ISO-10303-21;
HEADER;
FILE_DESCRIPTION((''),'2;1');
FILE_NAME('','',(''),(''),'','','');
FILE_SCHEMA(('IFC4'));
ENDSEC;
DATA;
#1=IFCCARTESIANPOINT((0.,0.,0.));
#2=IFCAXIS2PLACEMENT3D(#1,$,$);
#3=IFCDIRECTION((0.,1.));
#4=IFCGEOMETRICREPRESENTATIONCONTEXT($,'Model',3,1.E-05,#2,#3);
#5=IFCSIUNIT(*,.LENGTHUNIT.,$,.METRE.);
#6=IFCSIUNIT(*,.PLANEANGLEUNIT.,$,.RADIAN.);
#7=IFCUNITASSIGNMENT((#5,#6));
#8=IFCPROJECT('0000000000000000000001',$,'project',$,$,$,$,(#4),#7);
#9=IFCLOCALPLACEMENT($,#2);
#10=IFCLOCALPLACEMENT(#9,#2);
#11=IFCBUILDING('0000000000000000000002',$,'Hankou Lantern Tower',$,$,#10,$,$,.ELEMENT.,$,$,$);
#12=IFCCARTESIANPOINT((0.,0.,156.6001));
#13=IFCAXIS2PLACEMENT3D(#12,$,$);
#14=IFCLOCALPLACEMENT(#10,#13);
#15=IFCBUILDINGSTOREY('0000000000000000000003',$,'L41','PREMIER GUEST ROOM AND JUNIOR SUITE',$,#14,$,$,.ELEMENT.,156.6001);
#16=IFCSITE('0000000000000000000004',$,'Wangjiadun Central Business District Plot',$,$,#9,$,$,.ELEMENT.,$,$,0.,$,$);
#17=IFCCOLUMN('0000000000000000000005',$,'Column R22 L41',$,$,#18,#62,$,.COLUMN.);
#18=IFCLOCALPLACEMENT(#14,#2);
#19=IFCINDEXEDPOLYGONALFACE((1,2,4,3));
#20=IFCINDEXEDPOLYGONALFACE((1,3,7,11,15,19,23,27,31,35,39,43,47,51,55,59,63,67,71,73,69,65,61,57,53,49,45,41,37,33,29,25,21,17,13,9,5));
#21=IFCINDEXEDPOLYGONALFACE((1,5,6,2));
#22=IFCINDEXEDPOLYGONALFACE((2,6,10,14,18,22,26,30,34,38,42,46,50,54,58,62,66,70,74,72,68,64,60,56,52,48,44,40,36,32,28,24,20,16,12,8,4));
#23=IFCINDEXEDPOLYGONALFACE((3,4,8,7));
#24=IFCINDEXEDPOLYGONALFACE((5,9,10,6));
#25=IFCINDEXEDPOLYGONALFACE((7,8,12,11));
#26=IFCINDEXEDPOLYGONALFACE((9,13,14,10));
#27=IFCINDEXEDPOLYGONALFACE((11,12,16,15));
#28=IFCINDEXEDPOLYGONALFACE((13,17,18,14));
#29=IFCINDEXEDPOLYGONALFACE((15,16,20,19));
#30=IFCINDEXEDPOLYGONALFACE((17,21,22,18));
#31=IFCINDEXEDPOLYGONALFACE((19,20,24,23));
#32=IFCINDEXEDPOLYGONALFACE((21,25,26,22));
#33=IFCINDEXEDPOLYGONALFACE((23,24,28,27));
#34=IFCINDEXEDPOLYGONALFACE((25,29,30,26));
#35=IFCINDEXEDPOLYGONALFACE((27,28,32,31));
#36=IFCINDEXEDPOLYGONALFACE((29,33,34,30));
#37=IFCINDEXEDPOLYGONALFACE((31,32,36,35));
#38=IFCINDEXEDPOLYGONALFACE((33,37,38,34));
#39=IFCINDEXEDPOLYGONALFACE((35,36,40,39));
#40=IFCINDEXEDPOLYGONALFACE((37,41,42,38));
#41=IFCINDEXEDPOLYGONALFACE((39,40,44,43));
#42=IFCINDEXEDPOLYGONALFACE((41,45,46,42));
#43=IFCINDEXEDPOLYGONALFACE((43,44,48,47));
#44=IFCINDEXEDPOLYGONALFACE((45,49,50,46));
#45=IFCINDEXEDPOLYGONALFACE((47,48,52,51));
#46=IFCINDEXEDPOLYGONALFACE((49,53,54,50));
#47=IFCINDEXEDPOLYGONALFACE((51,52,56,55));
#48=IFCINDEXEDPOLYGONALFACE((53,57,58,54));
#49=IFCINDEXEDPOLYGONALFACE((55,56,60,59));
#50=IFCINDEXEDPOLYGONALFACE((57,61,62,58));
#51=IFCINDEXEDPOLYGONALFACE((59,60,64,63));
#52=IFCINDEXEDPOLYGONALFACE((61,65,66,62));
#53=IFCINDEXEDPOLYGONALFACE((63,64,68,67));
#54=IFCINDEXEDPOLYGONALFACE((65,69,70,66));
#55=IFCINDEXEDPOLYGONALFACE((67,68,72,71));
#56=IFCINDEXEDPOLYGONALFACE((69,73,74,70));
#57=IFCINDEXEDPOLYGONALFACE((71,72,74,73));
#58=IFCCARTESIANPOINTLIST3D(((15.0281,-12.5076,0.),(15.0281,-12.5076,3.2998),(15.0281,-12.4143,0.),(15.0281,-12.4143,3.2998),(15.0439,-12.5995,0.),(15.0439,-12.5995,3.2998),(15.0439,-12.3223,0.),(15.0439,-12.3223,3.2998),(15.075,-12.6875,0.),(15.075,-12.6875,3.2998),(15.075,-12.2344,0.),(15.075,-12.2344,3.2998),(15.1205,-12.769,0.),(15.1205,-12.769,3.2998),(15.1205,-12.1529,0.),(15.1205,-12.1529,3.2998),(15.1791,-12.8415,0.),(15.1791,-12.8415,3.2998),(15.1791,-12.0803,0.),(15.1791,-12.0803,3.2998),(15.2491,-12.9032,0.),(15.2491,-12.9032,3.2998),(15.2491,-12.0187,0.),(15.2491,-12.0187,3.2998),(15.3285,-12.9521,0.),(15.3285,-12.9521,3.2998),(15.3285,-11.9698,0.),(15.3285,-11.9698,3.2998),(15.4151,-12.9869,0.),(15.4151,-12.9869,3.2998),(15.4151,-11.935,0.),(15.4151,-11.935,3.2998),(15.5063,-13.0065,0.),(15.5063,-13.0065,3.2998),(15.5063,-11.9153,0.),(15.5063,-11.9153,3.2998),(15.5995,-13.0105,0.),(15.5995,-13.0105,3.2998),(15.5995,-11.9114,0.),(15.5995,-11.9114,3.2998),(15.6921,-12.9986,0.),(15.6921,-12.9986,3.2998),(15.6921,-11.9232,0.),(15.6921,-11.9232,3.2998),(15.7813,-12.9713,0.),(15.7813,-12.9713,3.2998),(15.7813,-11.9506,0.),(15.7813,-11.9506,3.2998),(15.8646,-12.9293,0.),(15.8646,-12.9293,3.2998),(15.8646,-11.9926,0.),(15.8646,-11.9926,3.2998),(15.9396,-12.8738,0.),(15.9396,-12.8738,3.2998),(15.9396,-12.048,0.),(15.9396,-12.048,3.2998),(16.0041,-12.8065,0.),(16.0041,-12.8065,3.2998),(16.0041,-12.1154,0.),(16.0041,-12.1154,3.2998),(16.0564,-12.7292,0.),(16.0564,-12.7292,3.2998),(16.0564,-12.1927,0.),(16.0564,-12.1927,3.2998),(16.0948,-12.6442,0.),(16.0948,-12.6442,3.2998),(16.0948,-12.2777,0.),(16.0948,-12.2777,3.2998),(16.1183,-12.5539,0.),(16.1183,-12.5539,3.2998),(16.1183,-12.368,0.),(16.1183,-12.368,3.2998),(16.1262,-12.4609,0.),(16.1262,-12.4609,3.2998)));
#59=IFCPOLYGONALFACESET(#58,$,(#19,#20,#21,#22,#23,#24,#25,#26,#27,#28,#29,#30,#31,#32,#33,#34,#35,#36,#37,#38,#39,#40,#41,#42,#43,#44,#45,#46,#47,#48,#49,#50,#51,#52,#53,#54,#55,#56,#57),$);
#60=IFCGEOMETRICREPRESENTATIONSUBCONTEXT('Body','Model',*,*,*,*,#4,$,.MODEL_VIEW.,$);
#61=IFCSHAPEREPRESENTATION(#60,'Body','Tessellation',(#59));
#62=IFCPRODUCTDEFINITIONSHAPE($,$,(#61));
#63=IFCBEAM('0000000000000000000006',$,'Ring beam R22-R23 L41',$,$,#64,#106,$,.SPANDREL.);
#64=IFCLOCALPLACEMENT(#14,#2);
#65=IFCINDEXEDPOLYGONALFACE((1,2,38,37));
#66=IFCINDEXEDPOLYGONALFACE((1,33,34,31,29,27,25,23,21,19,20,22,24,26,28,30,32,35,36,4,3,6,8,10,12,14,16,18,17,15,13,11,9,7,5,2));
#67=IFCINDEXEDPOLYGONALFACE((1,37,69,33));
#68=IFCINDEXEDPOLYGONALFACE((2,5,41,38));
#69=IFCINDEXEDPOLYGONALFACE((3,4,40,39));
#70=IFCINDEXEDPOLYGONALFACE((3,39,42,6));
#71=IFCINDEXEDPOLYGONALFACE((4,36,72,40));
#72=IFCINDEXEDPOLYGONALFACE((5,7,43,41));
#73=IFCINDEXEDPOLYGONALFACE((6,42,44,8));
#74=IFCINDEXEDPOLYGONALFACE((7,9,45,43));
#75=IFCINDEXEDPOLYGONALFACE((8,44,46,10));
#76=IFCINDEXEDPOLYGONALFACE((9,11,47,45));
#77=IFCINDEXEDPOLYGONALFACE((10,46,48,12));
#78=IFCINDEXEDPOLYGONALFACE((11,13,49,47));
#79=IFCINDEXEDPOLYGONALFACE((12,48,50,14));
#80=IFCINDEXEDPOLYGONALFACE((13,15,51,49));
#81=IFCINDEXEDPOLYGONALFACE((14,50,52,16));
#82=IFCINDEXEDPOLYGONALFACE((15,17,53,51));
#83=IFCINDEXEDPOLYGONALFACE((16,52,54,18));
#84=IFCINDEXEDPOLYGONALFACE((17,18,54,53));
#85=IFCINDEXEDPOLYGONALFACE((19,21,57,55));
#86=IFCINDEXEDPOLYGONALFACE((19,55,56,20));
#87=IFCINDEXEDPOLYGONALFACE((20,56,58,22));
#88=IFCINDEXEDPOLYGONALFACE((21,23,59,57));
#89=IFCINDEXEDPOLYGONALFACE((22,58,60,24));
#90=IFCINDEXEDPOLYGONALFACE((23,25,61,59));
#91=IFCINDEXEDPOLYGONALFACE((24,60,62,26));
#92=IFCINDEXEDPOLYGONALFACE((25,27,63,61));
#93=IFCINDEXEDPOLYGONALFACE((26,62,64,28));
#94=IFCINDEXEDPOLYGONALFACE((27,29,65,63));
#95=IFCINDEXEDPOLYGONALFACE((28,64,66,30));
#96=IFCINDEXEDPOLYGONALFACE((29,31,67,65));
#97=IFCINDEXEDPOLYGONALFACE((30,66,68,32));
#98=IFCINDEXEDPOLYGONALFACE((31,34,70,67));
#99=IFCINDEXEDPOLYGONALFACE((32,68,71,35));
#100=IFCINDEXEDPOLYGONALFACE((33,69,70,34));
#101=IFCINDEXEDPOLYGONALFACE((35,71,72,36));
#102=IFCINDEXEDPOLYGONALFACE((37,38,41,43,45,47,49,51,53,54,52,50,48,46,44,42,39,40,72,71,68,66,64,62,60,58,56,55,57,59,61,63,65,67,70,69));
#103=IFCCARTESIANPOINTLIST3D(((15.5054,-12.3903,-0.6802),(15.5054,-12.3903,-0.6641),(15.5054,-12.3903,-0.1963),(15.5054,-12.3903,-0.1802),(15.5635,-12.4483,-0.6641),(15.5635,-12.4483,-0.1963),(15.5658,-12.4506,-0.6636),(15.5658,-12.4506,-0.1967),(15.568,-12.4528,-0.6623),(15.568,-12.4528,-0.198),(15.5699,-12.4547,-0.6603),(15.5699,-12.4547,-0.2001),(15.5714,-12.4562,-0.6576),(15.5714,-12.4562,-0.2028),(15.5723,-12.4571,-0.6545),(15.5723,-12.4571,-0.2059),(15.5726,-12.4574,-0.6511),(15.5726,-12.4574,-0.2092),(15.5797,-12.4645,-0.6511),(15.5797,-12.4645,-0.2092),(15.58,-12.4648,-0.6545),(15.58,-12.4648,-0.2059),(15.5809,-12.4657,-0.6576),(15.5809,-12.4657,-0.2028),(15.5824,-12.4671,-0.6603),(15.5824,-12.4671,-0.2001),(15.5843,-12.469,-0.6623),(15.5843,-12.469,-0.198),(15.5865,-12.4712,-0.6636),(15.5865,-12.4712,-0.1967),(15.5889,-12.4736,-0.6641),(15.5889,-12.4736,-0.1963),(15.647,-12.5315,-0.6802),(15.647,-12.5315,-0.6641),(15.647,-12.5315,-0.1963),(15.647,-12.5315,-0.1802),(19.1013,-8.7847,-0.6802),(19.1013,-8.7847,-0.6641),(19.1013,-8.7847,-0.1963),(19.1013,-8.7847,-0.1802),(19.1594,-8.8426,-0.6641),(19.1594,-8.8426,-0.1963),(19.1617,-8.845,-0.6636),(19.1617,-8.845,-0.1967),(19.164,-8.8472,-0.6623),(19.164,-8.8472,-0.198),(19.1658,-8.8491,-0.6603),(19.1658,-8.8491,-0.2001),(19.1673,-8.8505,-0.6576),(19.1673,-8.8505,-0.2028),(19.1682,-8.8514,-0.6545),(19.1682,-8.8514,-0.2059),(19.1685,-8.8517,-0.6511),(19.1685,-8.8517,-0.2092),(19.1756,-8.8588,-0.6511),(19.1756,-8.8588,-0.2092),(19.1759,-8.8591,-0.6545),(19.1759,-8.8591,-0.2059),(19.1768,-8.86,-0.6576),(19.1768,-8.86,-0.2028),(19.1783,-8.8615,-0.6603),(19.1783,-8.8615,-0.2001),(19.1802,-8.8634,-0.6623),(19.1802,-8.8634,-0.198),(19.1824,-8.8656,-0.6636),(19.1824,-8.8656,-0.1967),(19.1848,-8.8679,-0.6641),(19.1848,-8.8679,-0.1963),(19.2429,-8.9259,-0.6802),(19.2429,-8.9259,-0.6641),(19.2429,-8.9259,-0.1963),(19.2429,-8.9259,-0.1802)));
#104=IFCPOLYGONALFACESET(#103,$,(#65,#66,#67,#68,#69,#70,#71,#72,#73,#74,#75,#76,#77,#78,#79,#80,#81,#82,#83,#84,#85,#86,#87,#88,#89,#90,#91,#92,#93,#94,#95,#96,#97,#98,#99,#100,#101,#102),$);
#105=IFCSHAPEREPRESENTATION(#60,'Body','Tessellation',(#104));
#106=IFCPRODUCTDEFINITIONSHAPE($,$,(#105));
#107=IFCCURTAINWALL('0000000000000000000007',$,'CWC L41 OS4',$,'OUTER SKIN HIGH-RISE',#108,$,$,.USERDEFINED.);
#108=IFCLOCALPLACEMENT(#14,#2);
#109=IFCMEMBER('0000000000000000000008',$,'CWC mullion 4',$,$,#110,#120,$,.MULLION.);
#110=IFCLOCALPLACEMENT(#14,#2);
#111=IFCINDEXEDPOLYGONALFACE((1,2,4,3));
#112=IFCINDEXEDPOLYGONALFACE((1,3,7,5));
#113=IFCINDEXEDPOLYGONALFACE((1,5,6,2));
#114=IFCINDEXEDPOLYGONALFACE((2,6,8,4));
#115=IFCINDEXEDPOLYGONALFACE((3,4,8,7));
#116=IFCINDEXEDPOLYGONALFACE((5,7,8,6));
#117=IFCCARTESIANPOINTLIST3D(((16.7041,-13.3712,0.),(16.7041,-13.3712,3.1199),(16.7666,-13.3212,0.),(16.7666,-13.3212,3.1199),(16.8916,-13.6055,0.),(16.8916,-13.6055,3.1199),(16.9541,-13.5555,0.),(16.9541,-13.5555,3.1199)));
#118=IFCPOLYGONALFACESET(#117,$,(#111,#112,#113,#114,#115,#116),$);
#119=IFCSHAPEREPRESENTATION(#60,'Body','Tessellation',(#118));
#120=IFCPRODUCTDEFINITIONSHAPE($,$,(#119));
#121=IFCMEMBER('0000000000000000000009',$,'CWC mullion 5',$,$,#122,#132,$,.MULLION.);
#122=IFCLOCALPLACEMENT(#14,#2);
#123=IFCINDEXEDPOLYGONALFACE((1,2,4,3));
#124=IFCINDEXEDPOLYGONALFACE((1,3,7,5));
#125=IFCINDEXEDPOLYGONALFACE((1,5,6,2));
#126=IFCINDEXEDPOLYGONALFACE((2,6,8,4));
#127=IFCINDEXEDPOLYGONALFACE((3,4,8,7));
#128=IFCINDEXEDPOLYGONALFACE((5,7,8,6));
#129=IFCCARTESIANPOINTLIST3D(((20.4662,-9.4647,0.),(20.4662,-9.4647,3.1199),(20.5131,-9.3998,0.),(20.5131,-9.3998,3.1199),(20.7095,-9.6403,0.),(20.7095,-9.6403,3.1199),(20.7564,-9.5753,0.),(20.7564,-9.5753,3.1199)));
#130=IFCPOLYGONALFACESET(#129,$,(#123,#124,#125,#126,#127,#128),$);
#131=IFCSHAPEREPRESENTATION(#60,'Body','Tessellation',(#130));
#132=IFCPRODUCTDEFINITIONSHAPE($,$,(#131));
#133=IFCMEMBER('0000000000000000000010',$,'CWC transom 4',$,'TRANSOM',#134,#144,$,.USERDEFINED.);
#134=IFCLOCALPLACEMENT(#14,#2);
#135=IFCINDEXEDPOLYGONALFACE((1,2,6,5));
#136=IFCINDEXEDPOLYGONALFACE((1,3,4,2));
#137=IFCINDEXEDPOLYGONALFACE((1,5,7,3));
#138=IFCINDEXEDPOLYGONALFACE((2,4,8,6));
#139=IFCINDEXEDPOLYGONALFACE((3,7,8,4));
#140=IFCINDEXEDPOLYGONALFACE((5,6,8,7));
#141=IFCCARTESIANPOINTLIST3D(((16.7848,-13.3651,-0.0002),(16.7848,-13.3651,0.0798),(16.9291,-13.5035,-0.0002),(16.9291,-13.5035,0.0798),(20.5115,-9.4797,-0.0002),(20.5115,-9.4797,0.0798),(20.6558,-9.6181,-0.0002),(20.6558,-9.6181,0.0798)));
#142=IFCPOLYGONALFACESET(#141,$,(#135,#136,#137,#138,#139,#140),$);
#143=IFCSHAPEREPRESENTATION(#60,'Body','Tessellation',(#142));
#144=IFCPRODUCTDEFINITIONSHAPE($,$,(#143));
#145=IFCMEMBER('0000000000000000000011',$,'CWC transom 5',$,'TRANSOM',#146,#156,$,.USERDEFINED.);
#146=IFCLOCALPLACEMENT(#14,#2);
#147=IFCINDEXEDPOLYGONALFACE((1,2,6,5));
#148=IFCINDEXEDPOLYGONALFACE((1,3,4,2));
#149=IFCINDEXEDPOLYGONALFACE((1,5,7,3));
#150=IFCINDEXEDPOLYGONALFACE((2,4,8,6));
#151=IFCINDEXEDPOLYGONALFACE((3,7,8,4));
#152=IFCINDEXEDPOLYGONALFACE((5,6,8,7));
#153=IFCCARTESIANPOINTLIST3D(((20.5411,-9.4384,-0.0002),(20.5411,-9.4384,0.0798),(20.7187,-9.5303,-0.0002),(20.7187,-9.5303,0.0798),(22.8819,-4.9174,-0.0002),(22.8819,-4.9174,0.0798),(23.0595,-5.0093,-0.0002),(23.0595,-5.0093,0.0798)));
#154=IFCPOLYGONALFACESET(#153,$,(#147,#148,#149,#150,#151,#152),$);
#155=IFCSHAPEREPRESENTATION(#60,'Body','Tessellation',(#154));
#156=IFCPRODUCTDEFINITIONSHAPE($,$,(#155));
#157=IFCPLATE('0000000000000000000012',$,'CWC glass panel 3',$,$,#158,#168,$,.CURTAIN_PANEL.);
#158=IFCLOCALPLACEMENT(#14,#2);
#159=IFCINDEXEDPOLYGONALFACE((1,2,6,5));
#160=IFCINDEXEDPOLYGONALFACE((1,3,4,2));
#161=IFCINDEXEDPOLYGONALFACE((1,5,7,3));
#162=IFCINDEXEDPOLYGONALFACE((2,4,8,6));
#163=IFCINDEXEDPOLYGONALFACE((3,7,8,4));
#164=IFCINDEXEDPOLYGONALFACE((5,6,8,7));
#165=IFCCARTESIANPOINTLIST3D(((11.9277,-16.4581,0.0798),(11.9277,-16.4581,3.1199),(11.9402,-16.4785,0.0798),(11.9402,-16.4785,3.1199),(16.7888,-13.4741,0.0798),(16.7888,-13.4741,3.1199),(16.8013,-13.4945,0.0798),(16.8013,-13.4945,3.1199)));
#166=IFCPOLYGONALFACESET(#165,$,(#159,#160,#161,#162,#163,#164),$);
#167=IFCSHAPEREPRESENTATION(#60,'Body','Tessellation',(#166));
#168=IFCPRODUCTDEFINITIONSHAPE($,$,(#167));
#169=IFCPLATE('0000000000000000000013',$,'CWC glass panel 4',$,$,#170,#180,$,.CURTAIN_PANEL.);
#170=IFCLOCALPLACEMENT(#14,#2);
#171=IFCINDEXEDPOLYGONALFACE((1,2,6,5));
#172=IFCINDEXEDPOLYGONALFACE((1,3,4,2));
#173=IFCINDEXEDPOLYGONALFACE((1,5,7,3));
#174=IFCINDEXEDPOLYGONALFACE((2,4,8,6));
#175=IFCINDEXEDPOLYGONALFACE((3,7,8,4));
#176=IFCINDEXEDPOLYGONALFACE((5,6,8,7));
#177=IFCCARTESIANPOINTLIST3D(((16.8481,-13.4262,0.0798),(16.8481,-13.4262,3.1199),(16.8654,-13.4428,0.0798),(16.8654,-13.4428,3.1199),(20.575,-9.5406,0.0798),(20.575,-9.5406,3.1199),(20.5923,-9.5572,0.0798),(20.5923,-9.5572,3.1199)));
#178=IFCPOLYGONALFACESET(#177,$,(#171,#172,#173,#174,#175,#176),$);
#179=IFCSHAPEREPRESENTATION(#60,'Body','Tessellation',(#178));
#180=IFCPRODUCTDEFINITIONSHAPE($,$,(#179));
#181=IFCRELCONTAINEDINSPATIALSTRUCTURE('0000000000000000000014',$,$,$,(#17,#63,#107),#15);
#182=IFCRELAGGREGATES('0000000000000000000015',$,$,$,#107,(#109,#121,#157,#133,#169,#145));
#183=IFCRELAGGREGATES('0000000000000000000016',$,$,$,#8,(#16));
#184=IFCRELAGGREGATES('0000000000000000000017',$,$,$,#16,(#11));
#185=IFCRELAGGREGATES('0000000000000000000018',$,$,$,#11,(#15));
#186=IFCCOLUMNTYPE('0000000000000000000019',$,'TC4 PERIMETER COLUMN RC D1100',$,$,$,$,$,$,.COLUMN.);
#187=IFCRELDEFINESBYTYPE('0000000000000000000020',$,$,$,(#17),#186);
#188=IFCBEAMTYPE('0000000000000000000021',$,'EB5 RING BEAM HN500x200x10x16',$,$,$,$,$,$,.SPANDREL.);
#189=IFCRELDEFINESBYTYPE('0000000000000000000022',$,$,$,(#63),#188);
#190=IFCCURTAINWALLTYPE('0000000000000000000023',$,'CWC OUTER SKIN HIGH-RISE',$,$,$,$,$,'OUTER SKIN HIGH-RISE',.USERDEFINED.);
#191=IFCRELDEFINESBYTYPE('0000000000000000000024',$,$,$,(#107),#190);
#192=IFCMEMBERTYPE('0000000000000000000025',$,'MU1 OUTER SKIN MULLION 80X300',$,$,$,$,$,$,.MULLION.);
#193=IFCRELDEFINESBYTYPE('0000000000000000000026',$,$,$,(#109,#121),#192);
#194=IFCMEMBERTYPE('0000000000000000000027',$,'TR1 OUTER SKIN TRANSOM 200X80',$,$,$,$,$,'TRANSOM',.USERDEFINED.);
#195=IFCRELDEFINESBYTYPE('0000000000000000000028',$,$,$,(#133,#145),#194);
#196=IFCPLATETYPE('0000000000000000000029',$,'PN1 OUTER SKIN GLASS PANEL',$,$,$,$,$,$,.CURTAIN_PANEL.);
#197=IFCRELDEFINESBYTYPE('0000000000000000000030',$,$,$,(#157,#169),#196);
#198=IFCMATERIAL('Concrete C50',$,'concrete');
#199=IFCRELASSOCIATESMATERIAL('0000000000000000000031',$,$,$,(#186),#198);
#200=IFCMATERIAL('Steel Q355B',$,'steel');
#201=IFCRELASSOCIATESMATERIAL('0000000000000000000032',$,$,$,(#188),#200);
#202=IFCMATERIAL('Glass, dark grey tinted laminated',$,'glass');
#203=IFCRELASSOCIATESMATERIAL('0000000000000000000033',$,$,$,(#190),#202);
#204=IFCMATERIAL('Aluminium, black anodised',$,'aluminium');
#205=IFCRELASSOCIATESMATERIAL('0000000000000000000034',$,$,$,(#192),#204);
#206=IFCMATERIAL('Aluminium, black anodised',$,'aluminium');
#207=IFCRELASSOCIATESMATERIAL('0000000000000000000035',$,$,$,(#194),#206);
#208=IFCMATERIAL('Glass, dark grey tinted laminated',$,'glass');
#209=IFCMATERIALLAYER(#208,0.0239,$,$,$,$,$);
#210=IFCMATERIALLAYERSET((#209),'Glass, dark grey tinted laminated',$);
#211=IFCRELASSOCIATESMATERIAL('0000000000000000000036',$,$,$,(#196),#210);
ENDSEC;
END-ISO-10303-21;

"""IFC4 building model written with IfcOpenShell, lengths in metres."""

from ifc_helpers import new_model, si_unit, direction, frame, origin, origin_2d, place, context, subcontext, project, spatial, rectangle, circle, i_section, extrude, material, layer, layer_set, material_profile, profile_set, type_object, element, aggregate, save


model = new_model("IFC4")

# Units and contexts
model_context = context("Model", 3, precision=1e-05, world=origin(), true_north=direction((0.0, 1.0)))
body_context = subcontext(model_context, "Body", "Model", "MODEL_VIEW")
ifc_project = project(units=[si_unit("LENGTHUNIT", "METRE"), si_unit("PLANEANGLEUNIT", "RADIAN")], contexts=[model_context])

# Site, building, storey
site_placement = place(None, origin())
site = spatial("IfcSite", under=ifc_project, at=site_placement, Name="Wangjiadun Central Business District Plot", CompositionType="ELEMENT", RefElevation=0.0)
building_placement = place(site_placement, origin())
building = spatial("IfcBuilding", under=site, at=building_placement, Name="Hankou Lantern Tower", CompositionType="ELEMENT")
storey_placement = place(building_placement, frame((0.0, 0.0, 156.6001)))
storey = spatial("IfcBuildingStorey", under=building, at=storey_placement, Name="L41", Description="PREMIER GUEST ROOM AND JUNIOR SUITE", CompositionType="ELEMENT", Elevation=156.6001)

# Column
ifc_material_1 = material(Name="Concrete C50", Category="concrete")
ifc_material_profile_1 = material_profile(ifc_material_1, circle(Radius=0.55, at=origin_2d()), Name="RC D1100")
ifc_profile_set_1 = profile_set([ifc_material_profile_1], Name="Concrete C50")
column_type = type_object("IfcColumnType", Name="TC4 PERIMETER COLUMN RC D1100", PredefinedType="COLUMN", material=ifc_profile_set_1)
column_placement = place(storey_placement, frame((15.5762, -12.4609, 0.0), z_axis=(0.0, 0.0, 1.0), x_axis=(1.0, 0.0, 0.0)))
element("IfcColumn", 1, at=column_placement, inside=storey, type_object=column_type, Name="Column R22 L41", PredefinedType="COLUMN", context=body_context, shape_type="SweptSolid", body=[
    extrude(circle(Radius=0.55, at=origin_2d()), origin(), (0.0, 0.0, 1.0), 3.2998),
])

# Beam
ifc_material_2 = material(Name="Steel Q355B", Category="steel")
ifc_material_profile_2 = material_profile(ifc_material_2, i_section(OverallWidth=0.2, OverallDepth=0.5, WebThickness=0.01, FlangeThickness=0.0161, FilletRadius=0.0129, at=origin_2d()), Name="HN500x200x10x16")
ifc_profile_set_2 = profile_set([ifc_material_profile_2], Name="Steel Q355B")
beam_type = type_object("IfcBeamType", Name="EB5 RING BEAM HN500x200x10x16", PredefinedType="SPANDREL", material=ifc_profile_set_2)
beam_placement = place(storey_placement, frame((15.5762, -12.4609, -0.4302), z_axis=(0.706147, 0.708065, 0.0), x_axis=(-0.708065, 0.706147, 0.0)))
element("IfcBeam", 2, at=beam_placement, inside=storey, type_object=beam_type, Name="Ring beam R22-R23 L41", PredefinedType="SPANDREL", context=body_context, shape_type="SweptSolid", body=[
    extrude(i_section(OverallWidth=0.2, OverallDepth=0.5, WebThickness=0.01, FlangeThickness=0.0161, FilletRadius=0.0129, at=origin_2d()), origin(), (0.0, 0.0, 1.0), 5.0923),
])

# Curtain wall, members, plates
ifc_material_3 = material(Name="Glass, dark grey tinted laminated", Category="glass")
curtain_wall_type = type_object("IfcCurtainWallType", Name="CWC OUTER SKIN HIGH-RISE", ElementType="OUTER SKIN HIGH-RISE", PredefinedType="USERDEFINED", material=ifc_material_3)
curtain_wall_placement = place(storey_placement, origin())
curtain_wall = element("IfcCurtainWall", 3, at=curtain_wall_placement, inside=storey, type_object=curtain_wall_type, Name="CWC L41 OS4", ObjectType="OUTER SKIN HIGH-RISE", PredefinedType="USERDEFINED")
ifc_material_4 = material(Name="Aluminium, black anodised", Category="aluminium")
ifc_material_profile_3 = material_profile(ifc_material_4, rectangle(XDim=0.0801, YDim=0.3, at=origin_2d()), Name="MU1 80X300")
ifc_profile_set_3 = profile_set([ifc_material_profile_3], Name="Aluminium, black anodised")
member_type_1 = type_object("IfcMemberType", Name="MU1 OUTER SKIN MULLION 80X300", PredefinedType="MULLION", material=ifc_profile_set_3)
member_1_placement = place(storey_placement, frame((16.8291, -13.4634, 0.0), z_axis=(0.0, 0.0, 1.0), x_axis=(0.780869, 0.624695, 0.0)))
member_1 = element("IfcMember", 4, at=member_1_placement, type_object=member_type_1, Name="CWC mullion 4", PredefinedType="MULLION", context=body_context, shape_type="SweptSolid", body=[
    extrude(rectangle(XDim=0.0801, YDim=0.3, at=origin_2d()), origin(), (0.0, 0.0, 1.0), 3.1199),
])
member_2_placement = place(storey_placement, frame((20.6113, -9.52, 0.0), z_axis=(0.0, 0.0, 1.0), x_axis=(0.585206, 0.810885, 0.0)))
member_2 = element("IfcMember", 5, at=member_2_placement, type_object=member_type_1, Name="CWC mullion 5", PredefinedType="MULLION", context=body_context, shape_type="SweptSolid", body=[
    extrude(rectangle(XDim=0.0801, YDim=0.3, at=origin_2d()), origin(), (0.0, 0.0, 1.0), 3.1199),
])
ifc_material_5 = material(Name="Aluminium, black anodised", Category="aluminium")
ifc_material_profile_4 = material_profile(ifc_material_5, rectangle(XDim=0.2, YDim=0.0801, at=origin_2d()), Name="TR1 200X80")
ifc_profile_set_4 = profile_set([ifc_material_profile_4], Name="Aluminium, black anodised")
member_type_2 = type_object("IfcMemberType", Name="TR1 OUTER SKIN TRANSOM 200X80", ElementType="TRANSOM", PredefinedType="USERDEFINED", material=ifc_profile_set_4)
member_3_placement = place(storey_placement, frame((16.8569, -13.4343, 0.0398), z_axis=(0.692216, 0.721691, 0.0), x_axis=(-0.721691, 0.692216, 0.0)))
member_3 = element("IfcMember", 6, at=member_3_placement, type_object=member_type_2, Name="CWC transom 4", ObjectType="TRANSOM", PredefinedType="USERDEFINED", context=body_context, shape_type="SweptSolid", body=[
    extrude(rectangle(XDim=0.2, YDim=0.0801, at=origin_2d()), origin(), (0.0, 0.0, 1.0), 5.3838),
])
member_4_placement = place(storey_placement, frame((20.6299, -9.4844, 0.0398), z_axis=(0.459791, 0.888027, 0.0), x_axis=(-0.888027, 0.459791, 0.0)))
member_4 = element("IfcMember", 7, at=member_4_placement, type_object=member_type_2, Name="CWC transom 5", ObjectType="TRANSOM", PredefinedType="USERDEFINED", context=body_context, shape_type="SweptSolid", body=[
    extrude(rectangle(XDim=0.2, YDim=0.0801, at=origin_2d()), origin(), (0.0, 0.0, 1.0), 5.0911),
])
ifc_material_6 = material(Name="Glass, dark grey tinted laminated", Category="glass")
ifc_layer_1 = layer(ifc_material_6, 0.0239)
ifc_layer_set_1 = layer_set([ifc_layer_1], Name="Glass, dark grey tinted laminated")
plate_type = type_object("IfcPlateType", Name="PN1 OUTER SKIN GLASS PANEL", PredefinedType="CURTAIN_PANEL", material=ifc_layer_set_1)
plate_1_placement = place(storey_placement, frame((14.3645, -14.9763, 0.0798), z_axis=(0.0, 0.0, 1.0), x_axis=(0.852237, 0.523156, 0.0)))
plate_1 = element("IfcPlate", 8, at=plate_1_placement, type_object=plate_type, Name="CWC glass panel 3", PredefinedType="CURTAIN_PANEL", context=body_context, shape_type="SweptSolid", body=[
    extrude(rectangle(XDim=5.7039, YDim=0.0239, at=origin_2d()), origin(), (0.0, 0.0, 1.0), 3.04),
])
plate_2_placement = place(storey_placement, frame((18.7202, -11.4917, 0.0798), z_axis=(0.0, 0.0, 1.0), x_axis=(0.692216, 0.721691, 0.0)))
plate_2 = element("IfcPlate", 9, at=plate_2_placement, type_object=plate_type, Name="CWC glass panel 4", PredefinedType="CURTAIN_PANEL", context=body_context, shape_type="SweptSolid", body=[
    extrude(rectangle(XDim=5.384, YDim=0.0239, at=origin_2d()), origin(), (0.0, 0.0, 1.0), 3.04),
])
aggregate(curtain_wall, [member_1, member_2, plate_1, member_3, plate_2, member_4])

save(model, "model.ifc")
